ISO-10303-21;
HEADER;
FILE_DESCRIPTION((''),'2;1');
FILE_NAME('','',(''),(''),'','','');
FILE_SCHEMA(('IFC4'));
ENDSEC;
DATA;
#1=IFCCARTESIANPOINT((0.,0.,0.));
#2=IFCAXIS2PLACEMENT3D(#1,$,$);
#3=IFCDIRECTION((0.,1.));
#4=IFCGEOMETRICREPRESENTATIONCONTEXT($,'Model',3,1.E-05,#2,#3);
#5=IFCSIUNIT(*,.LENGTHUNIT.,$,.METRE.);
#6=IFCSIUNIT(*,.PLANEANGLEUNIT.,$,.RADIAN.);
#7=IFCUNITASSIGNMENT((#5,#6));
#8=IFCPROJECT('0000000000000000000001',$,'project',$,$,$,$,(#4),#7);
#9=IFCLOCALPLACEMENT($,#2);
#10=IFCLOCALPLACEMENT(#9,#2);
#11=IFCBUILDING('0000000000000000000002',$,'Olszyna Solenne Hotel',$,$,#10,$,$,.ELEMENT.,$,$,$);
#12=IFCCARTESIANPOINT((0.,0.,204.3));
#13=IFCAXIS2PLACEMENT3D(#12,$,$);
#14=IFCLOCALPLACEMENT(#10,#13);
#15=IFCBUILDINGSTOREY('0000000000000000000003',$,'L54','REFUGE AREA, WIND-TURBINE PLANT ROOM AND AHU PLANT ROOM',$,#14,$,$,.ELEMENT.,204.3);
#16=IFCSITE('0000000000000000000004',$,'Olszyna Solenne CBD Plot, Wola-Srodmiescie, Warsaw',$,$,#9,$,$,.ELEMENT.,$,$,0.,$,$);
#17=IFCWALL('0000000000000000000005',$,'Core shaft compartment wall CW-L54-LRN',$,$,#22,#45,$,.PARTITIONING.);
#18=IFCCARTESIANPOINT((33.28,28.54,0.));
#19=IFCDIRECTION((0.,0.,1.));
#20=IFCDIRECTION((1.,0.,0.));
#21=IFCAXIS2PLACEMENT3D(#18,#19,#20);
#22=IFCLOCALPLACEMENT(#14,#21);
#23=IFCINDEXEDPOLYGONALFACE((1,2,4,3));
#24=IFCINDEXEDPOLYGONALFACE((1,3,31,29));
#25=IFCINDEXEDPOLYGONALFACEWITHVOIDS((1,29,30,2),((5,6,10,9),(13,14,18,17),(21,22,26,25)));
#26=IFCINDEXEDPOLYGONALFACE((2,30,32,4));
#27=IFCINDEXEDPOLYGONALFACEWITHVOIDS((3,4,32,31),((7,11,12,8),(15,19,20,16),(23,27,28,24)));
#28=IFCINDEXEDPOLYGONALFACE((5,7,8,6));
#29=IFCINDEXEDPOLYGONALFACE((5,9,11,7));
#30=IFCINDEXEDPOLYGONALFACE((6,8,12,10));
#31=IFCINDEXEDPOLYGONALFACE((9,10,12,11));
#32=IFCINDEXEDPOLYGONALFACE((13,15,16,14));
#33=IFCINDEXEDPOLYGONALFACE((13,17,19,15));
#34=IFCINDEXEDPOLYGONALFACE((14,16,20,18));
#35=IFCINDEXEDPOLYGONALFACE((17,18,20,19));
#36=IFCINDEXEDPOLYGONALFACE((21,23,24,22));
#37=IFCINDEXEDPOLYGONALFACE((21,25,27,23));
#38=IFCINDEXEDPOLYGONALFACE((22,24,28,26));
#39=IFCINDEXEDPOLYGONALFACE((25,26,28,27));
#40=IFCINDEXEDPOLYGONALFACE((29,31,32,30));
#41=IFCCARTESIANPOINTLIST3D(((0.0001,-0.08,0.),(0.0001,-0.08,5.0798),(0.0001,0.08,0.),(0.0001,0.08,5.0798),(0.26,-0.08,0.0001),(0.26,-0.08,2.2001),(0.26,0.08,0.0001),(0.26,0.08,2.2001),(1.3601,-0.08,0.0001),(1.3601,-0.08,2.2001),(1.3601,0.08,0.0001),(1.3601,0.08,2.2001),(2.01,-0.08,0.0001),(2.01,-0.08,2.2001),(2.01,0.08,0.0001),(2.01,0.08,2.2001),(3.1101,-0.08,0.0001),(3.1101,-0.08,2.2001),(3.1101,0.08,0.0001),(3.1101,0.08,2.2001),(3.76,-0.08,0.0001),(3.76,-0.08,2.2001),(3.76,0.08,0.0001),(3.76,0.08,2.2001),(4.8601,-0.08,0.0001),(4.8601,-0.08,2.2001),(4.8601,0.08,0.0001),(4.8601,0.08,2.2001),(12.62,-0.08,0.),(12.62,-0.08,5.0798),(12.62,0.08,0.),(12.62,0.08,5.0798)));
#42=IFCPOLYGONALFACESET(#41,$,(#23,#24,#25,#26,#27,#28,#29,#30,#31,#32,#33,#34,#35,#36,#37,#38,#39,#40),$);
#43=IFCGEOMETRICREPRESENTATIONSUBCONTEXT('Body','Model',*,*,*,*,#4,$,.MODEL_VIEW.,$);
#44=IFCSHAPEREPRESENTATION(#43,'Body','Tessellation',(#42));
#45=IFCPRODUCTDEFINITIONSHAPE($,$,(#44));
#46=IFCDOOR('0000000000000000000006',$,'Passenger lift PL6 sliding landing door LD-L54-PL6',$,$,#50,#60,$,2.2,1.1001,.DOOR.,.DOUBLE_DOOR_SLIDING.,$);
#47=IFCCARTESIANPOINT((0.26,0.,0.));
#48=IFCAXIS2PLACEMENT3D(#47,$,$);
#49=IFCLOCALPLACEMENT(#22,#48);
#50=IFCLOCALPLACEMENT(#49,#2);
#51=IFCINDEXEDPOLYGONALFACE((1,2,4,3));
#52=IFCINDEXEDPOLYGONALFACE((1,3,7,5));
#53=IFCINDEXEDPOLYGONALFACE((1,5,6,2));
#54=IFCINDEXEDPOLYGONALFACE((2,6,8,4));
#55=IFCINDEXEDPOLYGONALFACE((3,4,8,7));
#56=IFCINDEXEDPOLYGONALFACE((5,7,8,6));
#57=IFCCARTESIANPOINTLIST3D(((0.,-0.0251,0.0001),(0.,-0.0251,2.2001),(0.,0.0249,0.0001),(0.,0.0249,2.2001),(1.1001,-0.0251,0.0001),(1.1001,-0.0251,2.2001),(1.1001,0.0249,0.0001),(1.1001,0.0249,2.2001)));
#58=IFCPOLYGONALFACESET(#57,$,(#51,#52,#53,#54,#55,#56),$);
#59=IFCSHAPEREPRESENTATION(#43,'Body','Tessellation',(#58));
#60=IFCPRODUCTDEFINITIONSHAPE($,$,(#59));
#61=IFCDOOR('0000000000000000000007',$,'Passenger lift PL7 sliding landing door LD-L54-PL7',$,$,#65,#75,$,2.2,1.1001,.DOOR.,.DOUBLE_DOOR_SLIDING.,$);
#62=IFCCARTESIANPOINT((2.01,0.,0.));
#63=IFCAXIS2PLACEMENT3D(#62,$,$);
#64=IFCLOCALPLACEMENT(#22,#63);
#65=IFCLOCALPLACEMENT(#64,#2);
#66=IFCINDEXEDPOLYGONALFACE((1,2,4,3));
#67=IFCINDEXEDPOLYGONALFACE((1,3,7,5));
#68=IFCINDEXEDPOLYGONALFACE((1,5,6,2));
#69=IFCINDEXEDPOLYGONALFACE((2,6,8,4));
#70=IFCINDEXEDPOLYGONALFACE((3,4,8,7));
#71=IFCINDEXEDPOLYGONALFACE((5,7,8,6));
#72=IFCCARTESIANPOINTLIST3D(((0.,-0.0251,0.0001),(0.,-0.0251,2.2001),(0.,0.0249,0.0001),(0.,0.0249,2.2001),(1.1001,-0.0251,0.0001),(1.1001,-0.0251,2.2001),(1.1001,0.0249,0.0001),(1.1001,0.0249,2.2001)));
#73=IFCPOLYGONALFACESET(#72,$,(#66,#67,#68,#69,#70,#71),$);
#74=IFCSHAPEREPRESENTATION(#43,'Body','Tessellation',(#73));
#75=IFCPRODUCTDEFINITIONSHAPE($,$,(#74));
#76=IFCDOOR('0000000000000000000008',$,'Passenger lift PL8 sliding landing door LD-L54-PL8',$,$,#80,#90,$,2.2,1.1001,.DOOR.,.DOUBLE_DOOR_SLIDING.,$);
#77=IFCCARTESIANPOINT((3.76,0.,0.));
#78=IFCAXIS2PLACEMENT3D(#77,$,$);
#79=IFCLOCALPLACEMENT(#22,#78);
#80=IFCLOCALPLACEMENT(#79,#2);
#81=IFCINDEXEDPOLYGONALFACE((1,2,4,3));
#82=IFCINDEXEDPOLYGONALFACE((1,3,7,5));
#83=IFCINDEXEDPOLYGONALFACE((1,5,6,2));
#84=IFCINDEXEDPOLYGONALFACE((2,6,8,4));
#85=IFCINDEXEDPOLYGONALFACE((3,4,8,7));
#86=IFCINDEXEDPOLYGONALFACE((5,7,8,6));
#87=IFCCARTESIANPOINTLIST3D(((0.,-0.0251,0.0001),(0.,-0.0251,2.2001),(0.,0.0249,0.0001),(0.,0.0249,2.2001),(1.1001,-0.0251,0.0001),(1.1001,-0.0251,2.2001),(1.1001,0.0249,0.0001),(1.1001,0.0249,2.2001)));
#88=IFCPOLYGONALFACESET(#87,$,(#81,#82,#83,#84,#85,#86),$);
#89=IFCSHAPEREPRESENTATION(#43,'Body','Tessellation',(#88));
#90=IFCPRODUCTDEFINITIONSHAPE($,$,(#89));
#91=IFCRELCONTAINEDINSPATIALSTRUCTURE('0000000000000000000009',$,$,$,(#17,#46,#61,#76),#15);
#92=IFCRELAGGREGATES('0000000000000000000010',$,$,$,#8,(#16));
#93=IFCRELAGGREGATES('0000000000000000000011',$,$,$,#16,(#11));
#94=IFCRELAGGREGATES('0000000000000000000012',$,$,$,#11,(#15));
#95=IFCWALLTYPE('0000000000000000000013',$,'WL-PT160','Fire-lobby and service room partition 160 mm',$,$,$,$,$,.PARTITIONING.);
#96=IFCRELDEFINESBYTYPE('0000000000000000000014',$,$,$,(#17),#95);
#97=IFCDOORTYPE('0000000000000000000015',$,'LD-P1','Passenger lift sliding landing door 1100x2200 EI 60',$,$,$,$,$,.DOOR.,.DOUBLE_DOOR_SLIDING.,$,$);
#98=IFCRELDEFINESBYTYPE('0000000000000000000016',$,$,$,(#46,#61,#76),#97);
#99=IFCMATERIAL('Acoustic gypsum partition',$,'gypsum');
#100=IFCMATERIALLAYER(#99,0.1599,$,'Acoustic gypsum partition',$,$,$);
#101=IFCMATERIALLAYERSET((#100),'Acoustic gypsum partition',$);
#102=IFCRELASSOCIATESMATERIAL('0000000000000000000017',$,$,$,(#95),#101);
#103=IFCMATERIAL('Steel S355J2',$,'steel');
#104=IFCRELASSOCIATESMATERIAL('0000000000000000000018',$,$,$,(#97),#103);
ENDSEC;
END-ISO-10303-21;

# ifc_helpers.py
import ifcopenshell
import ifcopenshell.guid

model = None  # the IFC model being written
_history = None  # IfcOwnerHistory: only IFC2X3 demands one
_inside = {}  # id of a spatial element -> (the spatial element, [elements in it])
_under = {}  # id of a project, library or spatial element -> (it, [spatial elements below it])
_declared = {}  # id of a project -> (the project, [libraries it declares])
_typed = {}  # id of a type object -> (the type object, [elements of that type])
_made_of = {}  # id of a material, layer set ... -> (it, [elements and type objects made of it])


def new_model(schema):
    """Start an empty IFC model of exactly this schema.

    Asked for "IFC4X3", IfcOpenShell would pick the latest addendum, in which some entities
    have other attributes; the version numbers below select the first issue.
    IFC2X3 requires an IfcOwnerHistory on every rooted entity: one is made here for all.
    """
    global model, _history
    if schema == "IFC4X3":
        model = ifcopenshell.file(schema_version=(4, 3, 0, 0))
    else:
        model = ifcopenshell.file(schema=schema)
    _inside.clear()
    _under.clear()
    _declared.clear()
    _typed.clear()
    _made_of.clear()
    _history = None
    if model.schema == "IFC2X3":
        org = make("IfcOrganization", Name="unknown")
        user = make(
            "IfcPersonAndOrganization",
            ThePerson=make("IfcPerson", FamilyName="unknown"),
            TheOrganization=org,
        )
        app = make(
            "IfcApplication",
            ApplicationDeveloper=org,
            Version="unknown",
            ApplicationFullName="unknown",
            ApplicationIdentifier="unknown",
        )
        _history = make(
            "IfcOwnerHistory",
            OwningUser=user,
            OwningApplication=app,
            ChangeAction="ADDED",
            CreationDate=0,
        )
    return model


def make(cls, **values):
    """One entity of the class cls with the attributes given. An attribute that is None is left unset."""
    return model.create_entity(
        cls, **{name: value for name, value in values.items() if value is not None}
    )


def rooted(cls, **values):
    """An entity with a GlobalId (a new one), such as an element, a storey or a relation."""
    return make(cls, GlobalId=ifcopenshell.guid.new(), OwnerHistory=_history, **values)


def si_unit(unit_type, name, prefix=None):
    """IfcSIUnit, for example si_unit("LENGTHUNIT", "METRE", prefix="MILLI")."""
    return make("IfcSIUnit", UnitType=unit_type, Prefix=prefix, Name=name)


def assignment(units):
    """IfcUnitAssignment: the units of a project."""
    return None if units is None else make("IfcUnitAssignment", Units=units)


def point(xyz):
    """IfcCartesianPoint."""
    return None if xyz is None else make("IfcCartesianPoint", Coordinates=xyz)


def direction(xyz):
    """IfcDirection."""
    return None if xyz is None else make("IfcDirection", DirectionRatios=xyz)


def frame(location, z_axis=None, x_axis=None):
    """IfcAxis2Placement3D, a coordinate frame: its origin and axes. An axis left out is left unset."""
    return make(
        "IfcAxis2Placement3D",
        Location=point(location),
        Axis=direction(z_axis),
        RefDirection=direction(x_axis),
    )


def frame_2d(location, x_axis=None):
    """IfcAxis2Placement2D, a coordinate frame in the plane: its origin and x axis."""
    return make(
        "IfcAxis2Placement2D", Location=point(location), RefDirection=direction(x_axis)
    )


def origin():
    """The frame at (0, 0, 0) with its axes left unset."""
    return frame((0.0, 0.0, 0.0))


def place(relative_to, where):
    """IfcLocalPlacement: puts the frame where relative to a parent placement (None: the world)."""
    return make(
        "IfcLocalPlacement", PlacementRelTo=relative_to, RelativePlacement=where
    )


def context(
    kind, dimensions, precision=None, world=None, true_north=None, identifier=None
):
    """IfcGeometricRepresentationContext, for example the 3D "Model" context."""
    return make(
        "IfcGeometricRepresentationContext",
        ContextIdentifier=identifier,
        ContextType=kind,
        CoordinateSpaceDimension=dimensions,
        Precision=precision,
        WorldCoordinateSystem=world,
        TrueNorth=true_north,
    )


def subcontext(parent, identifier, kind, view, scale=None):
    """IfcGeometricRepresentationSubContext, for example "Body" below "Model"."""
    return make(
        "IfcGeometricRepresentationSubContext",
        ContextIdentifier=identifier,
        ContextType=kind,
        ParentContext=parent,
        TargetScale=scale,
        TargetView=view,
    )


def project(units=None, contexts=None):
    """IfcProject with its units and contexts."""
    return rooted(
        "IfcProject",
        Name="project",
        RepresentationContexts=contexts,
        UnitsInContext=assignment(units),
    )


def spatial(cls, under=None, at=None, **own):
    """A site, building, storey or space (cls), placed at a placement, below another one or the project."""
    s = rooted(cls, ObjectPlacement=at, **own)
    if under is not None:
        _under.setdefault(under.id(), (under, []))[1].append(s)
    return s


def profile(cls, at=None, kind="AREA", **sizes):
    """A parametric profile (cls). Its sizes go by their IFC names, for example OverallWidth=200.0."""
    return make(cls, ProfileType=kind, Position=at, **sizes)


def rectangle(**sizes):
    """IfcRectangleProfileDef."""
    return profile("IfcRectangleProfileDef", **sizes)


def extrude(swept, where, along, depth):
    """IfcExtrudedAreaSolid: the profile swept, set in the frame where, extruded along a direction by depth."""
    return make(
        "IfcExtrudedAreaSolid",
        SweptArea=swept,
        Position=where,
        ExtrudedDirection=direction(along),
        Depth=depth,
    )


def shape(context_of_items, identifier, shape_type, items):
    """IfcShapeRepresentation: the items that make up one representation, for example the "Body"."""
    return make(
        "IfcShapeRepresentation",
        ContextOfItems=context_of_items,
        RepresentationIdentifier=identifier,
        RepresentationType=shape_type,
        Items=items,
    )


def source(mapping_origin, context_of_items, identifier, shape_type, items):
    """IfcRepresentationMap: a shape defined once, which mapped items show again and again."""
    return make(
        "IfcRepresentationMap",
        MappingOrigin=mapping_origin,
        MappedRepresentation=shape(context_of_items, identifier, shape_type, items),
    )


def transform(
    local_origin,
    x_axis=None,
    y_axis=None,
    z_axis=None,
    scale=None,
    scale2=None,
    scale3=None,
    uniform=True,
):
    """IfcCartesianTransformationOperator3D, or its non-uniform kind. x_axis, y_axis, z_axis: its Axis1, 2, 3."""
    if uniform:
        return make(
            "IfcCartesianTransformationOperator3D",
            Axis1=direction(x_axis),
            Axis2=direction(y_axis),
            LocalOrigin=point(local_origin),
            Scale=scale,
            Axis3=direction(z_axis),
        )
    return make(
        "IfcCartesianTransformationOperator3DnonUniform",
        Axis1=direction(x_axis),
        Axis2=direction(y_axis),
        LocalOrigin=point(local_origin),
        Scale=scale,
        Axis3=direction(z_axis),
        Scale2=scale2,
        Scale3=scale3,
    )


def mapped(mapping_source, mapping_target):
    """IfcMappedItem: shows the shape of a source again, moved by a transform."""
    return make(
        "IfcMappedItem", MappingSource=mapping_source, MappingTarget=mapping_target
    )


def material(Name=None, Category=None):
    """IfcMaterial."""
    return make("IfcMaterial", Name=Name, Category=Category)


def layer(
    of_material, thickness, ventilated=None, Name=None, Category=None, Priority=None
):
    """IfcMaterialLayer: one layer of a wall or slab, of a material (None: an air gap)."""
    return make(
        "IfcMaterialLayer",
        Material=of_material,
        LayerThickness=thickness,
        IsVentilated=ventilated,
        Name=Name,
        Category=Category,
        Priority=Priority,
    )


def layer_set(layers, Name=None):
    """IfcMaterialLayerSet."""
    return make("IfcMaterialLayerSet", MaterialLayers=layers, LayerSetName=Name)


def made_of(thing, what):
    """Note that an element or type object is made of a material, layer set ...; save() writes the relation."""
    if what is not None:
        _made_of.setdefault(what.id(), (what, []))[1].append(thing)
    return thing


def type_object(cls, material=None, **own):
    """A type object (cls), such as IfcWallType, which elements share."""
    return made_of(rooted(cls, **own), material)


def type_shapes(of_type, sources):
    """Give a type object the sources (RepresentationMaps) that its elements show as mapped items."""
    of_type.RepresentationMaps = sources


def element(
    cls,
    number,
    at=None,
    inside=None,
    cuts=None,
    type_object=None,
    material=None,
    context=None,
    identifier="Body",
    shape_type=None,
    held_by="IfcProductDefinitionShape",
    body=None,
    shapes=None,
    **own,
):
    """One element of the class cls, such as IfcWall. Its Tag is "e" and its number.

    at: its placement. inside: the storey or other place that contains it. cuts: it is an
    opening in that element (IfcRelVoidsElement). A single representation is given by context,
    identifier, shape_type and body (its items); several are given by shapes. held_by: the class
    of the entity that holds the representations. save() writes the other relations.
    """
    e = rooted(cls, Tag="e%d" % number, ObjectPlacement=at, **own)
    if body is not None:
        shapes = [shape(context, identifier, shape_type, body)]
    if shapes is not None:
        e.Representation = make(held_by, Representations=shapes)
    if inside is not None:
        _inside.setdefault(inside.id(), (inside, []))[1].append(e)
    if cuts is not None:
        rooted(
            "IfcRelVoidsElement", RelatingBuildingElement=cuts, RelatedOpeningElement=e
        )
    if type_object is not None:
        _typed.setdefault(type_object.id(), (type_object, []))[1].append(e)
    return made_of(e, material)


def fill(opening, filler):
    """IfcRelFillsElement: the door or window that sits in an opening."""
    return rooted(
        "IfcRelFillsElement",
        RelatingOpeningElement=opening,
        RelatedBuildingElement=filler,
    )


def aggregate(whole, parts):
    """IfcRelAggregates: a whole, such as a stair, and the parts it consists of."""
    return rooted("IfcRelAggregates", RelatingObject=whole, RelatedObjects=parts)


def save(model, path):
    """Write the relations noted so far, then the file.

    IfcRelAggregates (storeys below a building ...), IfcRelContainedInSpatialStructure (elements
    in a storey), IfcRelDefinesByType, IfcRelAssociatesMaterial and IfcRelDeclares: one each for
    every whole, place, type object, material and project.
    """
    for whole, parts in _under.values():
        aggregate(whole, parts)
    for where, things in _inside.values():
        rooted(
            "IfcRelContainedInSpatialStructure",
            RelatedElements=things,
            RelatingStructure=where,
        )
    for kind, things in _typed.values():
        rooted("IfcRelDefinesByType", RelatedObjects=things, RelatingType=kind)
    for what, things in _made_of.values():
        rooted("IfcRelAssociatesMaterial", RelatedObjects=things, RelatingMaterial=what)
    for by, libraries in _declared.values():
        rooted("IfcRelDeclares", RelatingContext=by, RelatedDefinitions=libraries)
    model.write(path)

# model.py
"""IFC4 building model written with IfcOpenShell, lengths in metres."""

from ifc_helpers import new_model, si_unit, direction, frame, frame_2d, origin, place, context, subcontext, project, spatial, rectangle, extrude, source, transform, mapped, material, layer, layer_set, type_object, type_shapes, element, fill, save


model = new_model("IFC4")

# Units and contexts
model_context = context("Model", 3, precision=1e-05, world=origin(), true_north=direction((0.0, 1.0)))
body_context = subcontext(model_context, "Body", "Model", "MODEL_VIEW")
ifc_project = project(units=[si_unit("LENGTHUNIT", "METRE"), si_unit("PLANEANGLEUNIT", "RADIAN")], contexts=[model_context])

# Site, building, storey
site_placement = place(None, origin())
site = spatial("IfcSite", under=ifc_project, at=site_placement, Name="Olszyna Solenne CBD Plot, Wola-Srodmiescie, Warsaw", CompositionType="ELEMENT", RefElevation=0.0)
building_placement = place(site_placement, origin())
building = spatial("IfcBuilding", under=site, at=building_placement, Name="Olszyna Solenne Hotel", CompositionType="ELEMENT")
storey_placement = place(building_placement, frame((0.0, 0.0, 204.3)))
storey = spatial("IfcBuildingStorey", under=building, at=storey_placement, Name="L54", Description="REFUGE AREA, WIND-TURBINE PLANT ROOM AND AHU PLANT ROOM", CompositionType="ELEMENT", Elevation=204.3)

# Shared definitions
ifc_material_1 = material(Name="Steel S355J2", Category="steel")

# Shared definitions
ifc_material_2 = material(Name="Acoustic gypsum partition", Category="gypsum")

# Shared definitions
ifc_layer_1 = layer(ifc_material_2, 0.1599, Name="Acoustic gypsum partition")
ifc_layer_set_1 = layer_set([ifc_layer_1], Name="Acoustic gypsum partition")
wall_type_1 = type_object("IfcWallType", Name="WL-PT160", Description="Fire-lobby and service room partition 160 mm", PredefinedType="PARTITIONING", material=ifc_layer_set_1)

# Shared definitions
door_type_1 = type_object("IfcDoorType", Name="LD-P1", Description="Passenger lift sliding landing door 1100x2200 EI 60", OperationType="DOUBLE_DOOR_SLIDING", PredefinedType="DOOR", material=ifc_material_1)
shared_shape_1 = source(origin(), body_context, "Body", "SweptSolid", [
    extrude(rectangle(XDim=1.1001, YDim=2.2, at=frame_2d((0.55, 1.1001))), frame((0.0, 0.0249, 0.0), z_axis=(0.0, -1.0, 0.0), x_axis=(1.0, 0.0, 0.0)), (0.0, 0.0, 1.0), 0.05),
])
type_shapes(door_type_1, [shared_shape_1])

# Wall, openings, doors
wall_1_placement = place(storey_placement, frame((33.28, 28.54, 0.0), z_axis=(0.0, 0.0, 1.0), x_axis=(1.0, 0.0, 0.0)))
wall_1 = element("IfcWall", 1, at=wall_1_placement, inside=storey, type_object=wall_type_1, Name="Core shaft compartment wall CW-L54-LRN", PredefinedType="PARTITIONING", context=body_context, shape_type="SweptSolid", body=[
    extrude(rectangle(XDim=12.6199, YDim=0.1599, at=frame_2d((6.3101, 0.0))), origin(), (0.0, 0.0, 1.0), 5.0798),
])
opening_1_placement = place(wall_1_placement, frame((0.26, 0.0, 0.0)))
opening_1 = element("IfcOpeningElement", 2, at=opening_1_placement, cuts=wall_1, PredefinedType="OPENING", context=body_context, shape_type="SweptSolid", body=[
    extrude(rectangle(XDim=1.1001, YDim=2.2, at=frame_2d((0.55, 1.1001))), frame((0.0, 0.0898, 0.0), z_axis=(0.0, -1.0, 0.0), x_axis=(1.0, 0.0, 0.0)), (0.0, 0.0, 1.0), 0.1799),
])
opening_2_placement = place(wall_1_placement, frame((2.01, 0.0, 0.0)))
opening_2 = element("IfcOpeningElement", 3, at=opening_2_placement, cuts=wall_1, PredefinedType="OPENING", context=body_context, shape_type="SweptSolid", body=[
    extrude(rectangle(XDim=1.1001, YDim=2.2, at=frame_2d((0.55, 1.1001))), frame((0.0, 0.0898, 0.0), z_axis=(0.0, -1.0, 0.0), x_axis=(1.0, 0.0, 0.0)), (0.0, 0.0, 1.0), 0.1799),
])
opening_3_placement = place(wall_1_placement, frame((3.76, 0.0, 0.0)))
opening_3 = element("IfcOpeningElement", 4, at=opening_3_placement, cuts=wall_1, PredefinedType="OPENING", context=body_context, shape_type="SweptSolid", body=[
    extrude(rectangle(XDim=1.1001, YDim=2.2, at=frame_2d((0.55, 1.1001))), frame((0.0, 0.0898, 0.0), z_axis=(0.0, -1.0, 0.0), x_axis=(1.0, 0.0, 0.0)), (0.0, 0.0, 1.0), 0.1799),
])
door_1_placement = place(opening_1_placement, origin())
door_1 = element("IfcDoor", 5, at=door_1_placement, inside=storey, type_object=door_type_1, Name="Passenger lift PL6 sliding landing door LD-L54-PL6", OperationType="DOUBLE_DOOR_SLIDING", OverallHeight=2.2, OverallWidth=1.1001, PredefinedType="DOOR", context=body_context, shape_type="MappedRepresentation", body=[
    mapped(shared_shape_1, transform((0.0, 0.0, 0.0), x_axis=(1.0, 0.0, 0.0), y_axis=(0.0, 1.0, 0.0), z_axis=(0.0, 0.0, 1.0), scale=1.0)),
])
fill(opening_1, door_1)
door_2_placement = place(opening_2_placement, origin())
door_2 = element("IfcDoor", 6, at=door_2_placement, inside=storey, type_object=door_type_1, Name="Passenger lift PL7 sliding landing door LD-L54-PL7", OperationType="DOUBLE_DOOR_SLIDING", OverallHeight=2.2, OverallWidth=1.1001, PredefinedType="DOOR", context=body_context, shape_type="MappedRepresentation", body=[
    mapped(shared_shape_1, transform((0.0, 0.0, 0.0), x_axis=(1.0, 0.0, 0.0), y_axis=(0.0, 1.0, 0.0), z_axis=(0.0, 0.0, 1.0), scale=1.0)),
])
fill(opening_2, door_2)
door_3_placement = place(opening_3_placement, origin())
door_3 = element("IfcDoor", 7, at=door_3_placement, inside=storey, type_object=door_type_1, Name="Passenger lift PL8 sliding landing door LD-L54-PL8", OperationType="DOUBLE_DOOR_SLIDING", OverallHeight=2.2, OverallWidth=1.1001, PredefinedType="DOOR", context=body_context, shape_type="MappedRepresentation", body=[
    mapped(shared_shape_1, transform((0.0, 0.0, 0.0), x_axis=(1.0, 0.0, 0.0), y_axis=(0.0, 1.0, 0.0), z_axis=(0.0, 0.0, 1.0), scale=1.0)),
])
fill(opening_3, door_3)

save(model, "model.ifc")
